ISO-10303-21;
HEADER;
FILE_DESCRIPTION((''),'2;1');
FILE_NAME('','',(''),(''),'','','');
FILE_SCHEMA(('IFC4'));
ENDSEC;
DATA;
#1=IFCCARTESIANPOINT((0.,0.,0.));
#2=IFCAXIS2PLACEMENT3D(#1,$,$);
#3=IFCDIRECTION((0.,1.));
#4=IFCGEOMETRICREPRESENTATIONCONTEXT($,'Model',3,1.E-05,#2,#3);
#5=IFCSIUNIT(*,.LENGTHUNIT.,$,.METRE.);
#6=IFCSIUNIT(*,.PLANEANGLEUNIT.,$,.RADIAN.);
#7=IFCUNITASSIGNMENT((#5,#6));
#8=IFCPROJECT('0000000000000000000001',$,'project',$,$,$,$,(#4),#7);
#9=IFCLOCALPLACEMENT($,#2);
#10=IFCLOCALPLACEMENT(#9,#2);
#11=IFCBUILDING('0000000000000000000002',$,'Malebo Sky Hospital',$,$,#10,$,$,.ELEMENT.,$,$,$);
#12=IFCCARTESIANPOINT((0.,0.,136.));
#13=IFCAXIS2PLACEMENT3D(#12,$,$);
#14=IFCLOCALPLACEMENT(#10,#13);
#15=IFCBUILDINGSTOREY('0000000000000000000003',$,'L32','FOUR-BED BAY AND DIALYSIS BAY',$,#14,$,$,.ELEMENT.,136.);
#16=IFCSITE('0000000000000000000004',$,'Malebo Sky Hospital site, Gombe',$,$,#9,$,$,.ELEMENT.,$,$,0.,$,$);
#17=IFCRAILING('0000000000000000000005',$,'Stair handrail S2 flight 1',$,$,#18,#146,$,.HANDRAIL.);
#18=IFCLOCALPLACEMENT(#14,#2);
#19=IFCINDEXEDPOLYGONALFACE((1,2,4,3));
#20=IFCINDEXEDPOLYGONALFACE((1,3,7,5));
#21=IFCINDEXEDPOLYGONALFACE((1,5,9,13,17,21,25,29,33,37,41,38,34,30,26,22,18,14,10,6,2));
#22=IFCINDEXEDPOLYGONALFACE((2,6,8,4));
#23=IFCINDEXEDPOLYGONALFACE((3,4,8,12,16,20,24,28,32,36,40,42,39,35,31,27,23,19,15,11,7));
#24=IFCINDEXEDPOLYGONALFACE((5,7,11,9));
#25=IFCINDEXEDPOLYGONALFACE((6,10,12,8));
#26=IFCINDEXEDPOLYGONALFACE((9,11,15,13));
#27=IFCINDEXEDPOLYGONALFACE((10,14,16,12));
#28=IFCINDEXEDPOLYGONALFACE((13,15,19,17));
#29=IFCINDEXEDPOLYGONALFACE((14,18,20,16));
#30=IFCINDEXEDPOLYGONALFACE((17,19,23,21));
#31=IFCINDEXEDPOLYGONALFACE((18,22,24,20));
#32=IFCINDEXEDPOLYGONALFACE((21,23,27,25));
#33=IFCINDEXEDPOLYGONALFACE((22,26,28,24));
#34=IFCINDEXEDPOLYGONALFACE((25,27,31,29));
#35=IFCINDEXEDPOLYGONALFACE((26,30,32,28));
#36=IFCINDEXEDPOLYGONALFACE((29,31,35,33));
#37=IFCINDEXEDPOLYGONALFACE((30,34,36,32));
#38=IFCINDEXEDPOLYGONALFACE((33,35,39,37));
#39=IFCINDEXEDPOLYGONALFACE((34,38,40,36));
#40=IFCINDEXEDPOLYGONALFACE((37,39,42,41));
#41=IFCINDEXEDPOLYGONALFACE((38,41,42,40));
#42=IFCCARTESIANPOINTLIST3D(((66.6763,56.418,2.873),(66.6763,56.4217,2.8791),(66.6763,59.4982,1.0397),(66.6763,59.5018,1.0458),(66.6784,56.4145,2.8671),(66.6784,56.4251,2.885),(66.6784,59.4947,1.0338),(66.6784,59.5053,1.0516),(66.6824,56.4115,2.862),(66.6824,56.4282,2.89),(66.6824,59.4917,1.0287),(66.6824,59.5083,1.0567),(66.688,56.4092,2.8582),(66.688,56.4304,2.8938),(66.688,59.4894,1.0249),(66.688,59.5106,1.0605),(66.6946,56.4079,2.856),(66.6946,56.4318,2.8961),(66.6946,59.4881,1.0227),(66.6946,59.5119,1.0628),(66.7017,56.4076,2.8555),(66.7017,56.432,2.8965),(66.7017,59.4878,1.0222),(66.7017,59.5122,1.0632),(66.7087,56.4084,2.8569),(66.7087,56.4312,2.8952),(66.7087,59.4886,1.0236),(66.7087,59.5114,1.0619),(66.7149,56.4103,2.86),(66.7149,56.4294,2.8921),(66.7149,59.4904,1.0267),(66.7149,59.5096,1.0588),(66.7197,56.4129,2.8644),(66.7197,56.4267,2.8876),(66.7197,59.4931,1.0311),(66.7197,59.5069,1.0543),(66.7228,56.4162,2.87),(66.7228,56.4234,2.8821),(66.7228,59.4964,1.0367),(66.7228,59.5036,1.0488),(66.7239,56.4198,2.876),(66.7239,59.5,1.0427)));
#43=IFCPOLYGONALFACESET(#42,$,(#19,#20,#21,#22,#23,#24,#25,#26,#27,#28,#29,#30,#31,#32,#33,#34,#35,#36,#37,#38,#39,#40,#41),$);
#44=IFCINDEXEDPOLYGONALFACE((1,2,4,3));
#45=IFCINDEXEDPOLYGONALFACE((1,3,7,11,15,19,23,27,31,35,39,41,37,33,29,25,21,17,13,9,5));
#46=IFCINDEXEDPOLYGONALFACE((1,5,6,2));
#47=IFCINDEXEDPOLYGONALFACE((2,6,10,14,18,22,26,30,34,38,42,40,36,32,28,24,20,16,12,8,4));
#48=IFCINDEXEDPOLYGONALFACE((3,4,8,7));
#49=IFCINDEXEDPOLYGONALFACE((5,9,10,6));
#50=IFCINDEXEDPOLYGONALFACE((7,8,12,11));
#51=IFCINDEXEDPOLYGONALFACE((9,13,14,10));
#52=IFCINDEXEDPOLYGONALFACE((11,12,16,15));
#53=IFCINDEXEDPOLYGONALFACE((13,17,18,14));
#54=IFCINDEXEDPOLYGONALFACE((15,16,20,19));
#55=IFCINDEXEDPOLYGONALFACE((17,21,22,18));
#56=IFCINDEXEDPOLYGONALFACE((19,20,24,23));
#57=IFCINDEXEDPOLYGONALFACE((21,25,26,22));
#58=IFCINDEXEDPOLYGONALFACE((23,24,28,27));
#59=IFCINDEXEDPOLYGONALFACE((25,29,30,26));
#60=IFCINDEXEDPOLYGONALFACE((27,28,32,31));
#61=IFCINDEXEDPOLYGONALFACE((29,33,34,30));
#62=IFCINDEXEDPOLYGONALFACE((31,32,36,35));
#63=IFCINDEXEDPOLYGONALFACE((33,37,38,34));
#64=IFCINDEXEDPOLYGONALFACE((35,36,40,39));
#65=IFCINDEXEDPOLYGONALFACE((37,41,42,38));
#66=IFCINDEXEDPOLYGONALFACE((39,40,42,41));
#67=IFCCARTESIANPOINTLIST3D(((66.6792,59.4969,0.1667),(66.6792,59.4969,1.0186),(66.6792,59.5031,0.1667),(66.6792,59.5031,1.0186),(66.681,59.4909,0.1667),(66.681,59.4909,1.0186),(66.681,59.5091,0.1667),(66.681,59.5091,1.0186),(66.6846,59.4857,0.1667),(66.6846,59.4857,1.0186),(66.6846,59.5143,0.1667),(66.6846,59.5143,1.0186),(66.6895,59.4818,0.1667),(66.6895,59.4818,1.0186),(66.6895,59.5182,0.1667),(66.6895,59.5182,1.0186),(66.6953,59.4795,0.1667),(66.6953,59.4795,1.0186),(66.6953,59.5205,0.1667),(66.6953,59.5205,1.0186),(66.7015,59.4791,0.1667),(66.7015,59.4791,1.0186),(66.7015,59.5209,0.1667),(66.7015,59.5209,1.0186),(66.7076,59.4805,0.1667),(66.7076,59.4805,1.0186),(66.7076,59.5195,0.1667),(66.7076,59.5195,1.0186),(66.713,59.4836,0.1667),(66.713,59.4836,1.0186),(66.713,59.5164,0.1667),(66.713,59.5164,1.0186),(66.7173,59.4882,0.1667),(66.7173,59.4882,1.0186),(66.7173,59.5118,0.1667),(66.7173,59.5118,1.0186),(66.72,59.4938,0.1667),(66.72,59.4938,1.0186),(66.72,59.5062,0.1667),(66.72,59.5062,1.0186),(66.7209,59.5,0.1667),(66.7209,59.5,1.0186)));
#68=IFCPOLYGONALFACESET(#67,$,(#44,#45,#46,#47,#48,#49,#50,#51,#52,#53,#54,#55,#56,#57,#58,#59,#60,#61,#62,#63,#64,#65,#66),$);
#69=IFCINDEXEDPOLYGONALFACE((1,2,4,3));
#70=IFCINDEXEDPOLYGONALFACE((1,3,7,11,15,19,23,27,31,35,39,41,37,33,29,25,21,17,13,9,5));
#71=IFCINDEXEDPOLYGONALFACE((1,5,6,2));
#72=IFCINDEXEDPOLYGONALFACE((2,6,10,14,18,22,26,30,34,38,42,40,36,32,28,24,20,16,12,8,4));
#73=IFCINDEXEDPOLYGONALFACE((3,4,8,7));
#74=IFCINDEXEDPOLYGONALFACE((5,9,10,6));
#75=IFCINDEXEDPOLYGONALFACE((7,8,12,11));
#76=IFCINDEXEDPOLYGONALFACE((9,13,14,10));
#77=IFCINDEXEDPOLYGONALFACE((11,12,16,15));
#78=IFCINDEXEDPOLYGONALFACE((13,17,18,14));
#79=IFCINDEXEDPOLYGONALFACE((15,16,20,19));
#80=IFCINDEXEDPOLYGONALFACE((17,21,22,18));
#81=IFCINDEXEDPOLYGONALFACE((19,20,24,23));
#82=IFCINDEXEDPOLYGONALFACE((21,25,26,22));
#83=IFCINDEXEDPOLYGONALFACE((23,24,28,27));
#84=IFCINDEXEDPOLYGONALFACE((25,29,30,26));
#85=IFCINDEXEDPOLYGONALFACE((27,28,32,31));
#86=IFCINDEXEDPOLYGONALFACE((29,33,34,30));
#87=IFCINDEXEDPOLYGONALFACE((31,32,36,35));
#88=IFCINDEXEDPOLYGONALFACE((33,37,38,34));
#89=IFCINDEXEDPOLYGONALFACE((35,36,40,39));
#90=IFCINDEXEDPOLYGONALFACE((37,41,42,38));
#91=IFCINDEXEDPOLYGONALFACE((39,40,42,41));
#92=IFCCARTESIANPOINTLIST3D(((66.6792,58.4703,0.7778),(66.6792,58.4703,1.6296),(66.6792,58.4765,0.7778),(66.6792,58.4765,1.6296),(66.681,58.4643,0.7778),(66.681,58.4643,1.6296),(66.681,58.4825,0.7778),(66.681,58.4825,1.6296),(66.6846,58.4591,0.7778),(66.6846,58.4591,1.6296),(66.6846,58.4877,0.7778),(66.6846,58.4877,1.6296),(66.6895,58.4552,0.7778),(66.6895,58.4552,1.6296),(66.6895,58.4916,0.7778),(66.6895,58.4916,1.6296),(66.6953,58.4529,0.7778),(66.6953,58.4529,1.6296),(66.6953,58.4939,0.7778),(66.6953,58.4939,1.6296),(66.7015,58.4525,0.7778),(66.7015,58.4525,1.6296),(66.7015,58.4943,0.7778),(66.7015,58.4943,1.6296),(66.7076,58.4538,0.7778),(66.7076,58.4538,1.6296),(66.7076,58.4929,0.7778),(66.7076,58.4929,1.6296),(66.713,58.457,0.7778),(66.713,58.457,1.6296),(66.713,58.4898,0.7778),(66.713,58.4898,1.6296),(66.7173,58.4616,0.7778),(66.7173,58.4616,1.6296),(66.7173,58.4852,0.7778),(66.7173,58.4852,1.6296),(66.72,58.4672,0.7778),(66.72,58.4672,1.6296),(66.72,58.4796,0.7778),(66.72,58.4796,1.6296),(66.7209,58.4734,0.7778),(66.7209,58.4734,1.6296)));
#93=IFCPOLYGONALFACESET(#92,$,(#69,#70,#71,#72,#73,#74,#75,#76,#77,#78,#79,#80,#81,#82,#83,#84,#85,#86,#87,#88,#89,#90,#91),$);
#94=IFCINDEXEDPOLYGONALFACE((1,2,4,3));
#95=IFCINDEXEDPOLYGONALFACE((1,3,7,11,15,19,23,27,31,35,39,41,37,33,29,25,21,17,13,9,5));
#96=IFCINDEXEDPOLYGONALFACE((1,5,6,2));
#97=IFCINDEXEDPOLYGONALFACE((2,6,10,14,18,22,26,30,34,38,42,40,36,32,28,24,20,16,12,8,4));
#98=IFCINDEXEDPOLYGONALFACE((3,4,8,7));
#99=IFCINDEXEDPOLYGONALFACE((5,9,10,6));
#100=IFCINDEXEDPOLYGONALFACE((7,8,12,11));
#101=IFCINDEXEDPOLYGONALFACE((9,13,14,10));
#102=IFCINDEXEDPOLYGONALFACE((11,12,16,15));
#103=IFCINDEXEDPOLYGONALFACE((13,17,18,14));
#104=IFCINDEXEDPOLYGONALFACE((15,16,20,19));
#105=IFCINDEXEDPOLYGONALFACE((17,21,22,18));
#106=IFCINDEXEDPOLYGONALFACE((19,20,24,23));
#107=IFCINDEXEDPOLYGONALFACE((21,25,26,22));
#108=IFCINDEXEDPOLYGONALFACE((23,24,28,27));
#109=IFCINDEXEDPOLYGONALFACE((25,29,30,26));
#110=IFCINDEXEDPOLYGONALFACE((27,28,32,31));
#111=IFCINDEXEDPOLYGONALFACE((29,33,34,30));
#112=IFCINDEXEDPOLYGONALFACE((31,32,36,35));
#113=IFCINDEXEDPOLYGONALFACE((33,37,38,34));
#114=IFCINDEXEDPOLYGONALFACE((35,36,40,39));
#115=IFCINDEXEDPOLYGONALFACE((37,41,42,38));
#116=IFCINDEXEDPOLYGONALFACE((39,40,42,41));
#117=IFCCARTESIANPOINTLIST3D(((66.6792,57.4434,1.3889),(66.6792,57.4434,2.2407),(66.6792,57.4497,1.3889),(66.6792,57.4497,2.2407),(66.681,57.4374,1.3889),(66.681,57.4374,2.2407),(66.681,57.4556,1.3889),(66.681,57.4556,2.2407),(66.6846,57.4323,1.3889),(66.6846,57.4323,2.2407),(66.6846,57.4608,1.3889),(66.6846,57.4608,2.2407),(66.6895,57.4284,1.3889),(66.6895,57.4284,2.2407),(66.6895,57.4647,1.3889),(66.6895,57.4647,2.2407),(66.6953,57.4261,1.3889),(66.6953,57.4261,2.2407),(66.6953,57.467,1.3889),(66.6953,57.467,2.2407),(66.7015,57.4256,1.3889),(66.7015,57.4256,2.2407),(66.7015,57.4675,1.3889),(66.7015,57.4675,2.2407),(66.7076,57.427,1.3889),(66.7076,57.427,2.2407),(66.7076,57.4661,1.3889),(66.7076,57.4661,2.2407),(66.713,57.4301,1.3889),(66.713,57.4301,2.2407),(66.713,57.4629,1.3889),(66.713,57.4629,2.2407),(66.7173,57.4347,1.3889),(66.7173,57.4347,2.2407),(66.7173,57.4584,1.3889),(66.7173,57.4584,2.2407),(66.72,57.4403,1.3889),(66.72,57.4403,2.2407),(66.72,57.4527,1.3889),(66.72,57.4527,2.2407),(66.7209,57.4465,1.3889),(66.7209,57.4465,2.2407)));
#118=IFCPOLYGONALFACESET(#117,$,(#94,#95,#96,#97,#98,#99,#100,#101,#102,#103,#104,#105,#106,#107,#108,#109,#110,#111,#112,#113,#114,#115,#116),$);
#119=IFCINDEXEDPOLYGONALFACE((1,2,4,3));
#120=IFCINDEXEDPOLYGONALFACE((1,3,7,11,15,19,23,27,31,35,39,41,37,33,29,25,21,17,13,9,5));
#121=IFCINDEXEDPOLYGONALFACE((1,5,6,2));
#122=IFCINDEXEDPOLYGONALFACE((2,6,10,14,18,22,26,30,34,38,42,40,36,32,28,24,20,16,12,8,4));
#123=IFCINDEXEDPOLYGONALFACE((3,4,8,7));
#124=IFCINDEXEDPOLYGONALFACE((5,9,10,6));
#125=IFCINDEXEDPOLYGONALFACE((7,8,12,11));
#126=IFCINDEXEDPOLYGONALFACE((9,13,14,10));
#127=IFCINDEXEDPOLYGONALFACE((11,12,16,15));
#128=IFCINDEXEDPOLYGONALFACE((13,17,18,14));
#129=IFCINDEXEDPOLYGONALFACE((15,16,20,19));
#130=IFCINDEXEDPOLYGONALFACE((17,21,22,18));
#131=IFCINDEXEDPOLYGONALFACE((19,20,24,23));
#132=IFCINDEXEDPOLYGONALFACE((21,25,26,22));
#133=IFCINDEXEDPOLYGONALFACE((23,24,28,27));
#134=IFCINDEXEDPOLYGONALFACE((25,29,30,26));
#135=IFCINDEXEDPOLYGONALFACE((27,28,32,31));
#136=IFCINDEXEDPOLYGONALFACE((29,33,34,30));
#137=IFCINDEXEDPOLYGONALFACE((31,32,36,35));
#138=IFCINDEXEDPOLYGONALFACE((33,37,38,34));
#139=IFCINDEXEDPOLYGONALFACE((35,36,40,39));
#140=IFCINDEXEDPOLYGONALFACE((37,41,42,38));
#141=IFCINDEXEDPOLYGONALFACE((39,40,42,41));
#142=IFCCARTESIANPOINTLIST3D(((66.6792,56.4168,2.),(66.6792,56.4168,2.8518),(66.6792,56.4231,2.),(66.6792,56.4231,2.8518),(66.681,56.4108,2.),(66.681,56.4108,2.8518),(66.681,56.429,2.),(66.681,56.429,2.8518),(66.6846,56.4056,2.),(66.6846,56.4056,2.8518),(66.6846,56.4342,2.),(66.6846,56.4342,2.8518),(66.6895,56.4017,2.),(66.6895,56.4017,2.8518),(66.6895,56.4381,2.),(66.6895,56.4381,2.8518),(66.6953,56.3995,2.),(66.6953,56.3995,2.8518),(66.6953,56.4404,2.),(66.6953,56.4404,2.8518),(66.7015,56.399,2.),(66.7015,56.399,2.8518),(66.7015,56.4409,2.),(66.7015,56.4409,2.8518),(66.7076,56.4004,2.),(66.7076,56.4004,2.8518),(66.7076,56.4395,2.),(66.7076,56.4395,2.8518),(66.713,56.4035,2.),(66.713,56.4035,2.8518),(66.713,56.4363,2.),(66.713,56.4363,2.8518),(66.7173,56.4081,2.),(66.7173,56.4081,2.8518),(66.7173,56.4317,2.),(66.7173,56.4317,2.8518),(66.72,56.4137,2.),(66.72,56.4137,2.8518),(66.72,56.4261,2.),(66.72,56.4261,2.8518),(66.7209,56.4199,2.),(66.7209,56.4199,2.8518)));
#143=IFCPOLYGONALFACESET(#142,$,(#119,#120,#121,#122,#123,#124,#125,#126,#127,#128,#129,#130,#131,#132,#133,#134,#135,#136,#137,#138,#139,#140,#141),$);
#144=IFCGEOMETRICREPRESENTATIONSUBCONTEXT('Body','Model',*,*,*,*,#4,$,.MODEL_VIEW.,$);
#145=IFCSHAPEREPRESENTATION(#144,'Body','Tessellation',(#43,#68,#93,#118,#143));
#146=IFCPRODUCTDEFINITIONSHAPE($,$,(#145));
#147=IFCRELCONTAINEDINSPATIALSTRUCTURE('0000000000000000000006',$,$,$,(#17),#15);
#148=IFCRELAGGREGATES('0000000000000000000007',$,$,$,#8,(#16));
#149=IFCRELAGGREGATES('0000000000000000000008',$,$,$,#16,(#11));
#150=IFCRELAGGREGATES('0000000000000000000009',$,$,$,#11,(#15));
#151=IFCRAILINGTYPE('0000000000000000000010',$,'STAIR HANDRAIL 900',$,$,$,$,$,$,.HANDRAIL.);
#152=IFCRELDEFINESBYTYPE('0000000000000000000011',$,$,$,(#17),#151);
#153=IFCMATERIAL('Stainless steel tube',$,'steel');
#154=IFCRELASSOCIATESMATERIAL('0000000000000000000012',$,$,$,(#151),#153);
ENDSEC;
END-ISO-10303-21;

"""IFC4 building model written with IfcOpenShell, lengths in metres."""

from ifc_helpers import new_model, si_unit, direction, frame, origin, origin_2d, place, context, subcontext, project, spatial, circle, extrude, material, type_object, element, save


model = new_model("IFC4")

# Units and contexts
model_context = context("Model", 3, precision=1e-05, world=origin(), true_north=direction((0.0, 1.0)))
body_context = subcontext(model_context, "Body", "Model", "MODEL_VIEW")
ifc_project = project(units=[si_unit("LENGTHUNIT", "METRE"), si_unit("PLANEANGLEUNIT", "RADIAN")], contexts=[model_context])

# Site, building, storey
site_placement = place(None, origin())
site = spatial("IfcSite", under=ifc_project, at=site_placement, Name="Malebo Sky Hospital site, Gombe", CompositionType="ELEMENT", RefElevation=0.0)
building_placement = place(site_placement, origin())
building = spatial("IfcBuilding", under=site, at=building_placement, Name="Malebo Sky Hospital", CompositionType="ELEMENT")
storey_placement = place(building_placement, frame((0.0, 0.0, 136.0)))
storey = spatial("IfcBuildingStorey", under=building, at=storey_placement, Name="L32", Description="FOUR-BED BAY AND DIALYSIS BAY", CompositionType="ELEMENT", Elevation=136.0)

# Railing
ifc_material_1 = material(Name="Stainless steel tube", Category="steel")
railing_type = type_object("IfcRailingType", Name="STAIR HANDRAIL 900", PredefinedType="HANDRAIL", material=ifc_material_1)
railing_1_placement = place(storey_placement, frame((66.7, 59.5, 0.1667)))
element("IfcRailing", 1, at=railing_1_placement, inside=storey, type_object=railing_type, Name="Stair handrail S2 flight 1", PredefinedType="HANDRAIL", context=body_context, shape_type="SweptSolid", body=[
    extrude(circle(Radius=0.0239, at=origin_2d()), frame((0.0, 0.0, 0.876), z_axis=(0.0, -0.859309, 0.511458), x_axis=(1.0, 0.0, 0.0)), (0.0, 0.0, 1.0), 3.5845),
    extrude(circle(Radius=0.021, at=origin_2d()), origin(), (0.0, 0.0, 1.0), 0.8518),
    extrude(circle(Radius=0.021, at=origin_2d()), frame((0.0, -1.0266, 0.6111)), (0.0, 0.0, 1.0), 0.8518),
    extrude(circle(Radius=0.021, at=origin_2d()), frame((0.0, -2.0535, 1.2222)), (0.0, 0.0, 1.0), 0.8518),
    extrude(circle(Radius=0.021, at=origin_2d()), frame((0.0, -3.0801, 1.8333)), (0.0, 0.0, 1.0), 0.8518),
])

save(model, "model.ifc")
